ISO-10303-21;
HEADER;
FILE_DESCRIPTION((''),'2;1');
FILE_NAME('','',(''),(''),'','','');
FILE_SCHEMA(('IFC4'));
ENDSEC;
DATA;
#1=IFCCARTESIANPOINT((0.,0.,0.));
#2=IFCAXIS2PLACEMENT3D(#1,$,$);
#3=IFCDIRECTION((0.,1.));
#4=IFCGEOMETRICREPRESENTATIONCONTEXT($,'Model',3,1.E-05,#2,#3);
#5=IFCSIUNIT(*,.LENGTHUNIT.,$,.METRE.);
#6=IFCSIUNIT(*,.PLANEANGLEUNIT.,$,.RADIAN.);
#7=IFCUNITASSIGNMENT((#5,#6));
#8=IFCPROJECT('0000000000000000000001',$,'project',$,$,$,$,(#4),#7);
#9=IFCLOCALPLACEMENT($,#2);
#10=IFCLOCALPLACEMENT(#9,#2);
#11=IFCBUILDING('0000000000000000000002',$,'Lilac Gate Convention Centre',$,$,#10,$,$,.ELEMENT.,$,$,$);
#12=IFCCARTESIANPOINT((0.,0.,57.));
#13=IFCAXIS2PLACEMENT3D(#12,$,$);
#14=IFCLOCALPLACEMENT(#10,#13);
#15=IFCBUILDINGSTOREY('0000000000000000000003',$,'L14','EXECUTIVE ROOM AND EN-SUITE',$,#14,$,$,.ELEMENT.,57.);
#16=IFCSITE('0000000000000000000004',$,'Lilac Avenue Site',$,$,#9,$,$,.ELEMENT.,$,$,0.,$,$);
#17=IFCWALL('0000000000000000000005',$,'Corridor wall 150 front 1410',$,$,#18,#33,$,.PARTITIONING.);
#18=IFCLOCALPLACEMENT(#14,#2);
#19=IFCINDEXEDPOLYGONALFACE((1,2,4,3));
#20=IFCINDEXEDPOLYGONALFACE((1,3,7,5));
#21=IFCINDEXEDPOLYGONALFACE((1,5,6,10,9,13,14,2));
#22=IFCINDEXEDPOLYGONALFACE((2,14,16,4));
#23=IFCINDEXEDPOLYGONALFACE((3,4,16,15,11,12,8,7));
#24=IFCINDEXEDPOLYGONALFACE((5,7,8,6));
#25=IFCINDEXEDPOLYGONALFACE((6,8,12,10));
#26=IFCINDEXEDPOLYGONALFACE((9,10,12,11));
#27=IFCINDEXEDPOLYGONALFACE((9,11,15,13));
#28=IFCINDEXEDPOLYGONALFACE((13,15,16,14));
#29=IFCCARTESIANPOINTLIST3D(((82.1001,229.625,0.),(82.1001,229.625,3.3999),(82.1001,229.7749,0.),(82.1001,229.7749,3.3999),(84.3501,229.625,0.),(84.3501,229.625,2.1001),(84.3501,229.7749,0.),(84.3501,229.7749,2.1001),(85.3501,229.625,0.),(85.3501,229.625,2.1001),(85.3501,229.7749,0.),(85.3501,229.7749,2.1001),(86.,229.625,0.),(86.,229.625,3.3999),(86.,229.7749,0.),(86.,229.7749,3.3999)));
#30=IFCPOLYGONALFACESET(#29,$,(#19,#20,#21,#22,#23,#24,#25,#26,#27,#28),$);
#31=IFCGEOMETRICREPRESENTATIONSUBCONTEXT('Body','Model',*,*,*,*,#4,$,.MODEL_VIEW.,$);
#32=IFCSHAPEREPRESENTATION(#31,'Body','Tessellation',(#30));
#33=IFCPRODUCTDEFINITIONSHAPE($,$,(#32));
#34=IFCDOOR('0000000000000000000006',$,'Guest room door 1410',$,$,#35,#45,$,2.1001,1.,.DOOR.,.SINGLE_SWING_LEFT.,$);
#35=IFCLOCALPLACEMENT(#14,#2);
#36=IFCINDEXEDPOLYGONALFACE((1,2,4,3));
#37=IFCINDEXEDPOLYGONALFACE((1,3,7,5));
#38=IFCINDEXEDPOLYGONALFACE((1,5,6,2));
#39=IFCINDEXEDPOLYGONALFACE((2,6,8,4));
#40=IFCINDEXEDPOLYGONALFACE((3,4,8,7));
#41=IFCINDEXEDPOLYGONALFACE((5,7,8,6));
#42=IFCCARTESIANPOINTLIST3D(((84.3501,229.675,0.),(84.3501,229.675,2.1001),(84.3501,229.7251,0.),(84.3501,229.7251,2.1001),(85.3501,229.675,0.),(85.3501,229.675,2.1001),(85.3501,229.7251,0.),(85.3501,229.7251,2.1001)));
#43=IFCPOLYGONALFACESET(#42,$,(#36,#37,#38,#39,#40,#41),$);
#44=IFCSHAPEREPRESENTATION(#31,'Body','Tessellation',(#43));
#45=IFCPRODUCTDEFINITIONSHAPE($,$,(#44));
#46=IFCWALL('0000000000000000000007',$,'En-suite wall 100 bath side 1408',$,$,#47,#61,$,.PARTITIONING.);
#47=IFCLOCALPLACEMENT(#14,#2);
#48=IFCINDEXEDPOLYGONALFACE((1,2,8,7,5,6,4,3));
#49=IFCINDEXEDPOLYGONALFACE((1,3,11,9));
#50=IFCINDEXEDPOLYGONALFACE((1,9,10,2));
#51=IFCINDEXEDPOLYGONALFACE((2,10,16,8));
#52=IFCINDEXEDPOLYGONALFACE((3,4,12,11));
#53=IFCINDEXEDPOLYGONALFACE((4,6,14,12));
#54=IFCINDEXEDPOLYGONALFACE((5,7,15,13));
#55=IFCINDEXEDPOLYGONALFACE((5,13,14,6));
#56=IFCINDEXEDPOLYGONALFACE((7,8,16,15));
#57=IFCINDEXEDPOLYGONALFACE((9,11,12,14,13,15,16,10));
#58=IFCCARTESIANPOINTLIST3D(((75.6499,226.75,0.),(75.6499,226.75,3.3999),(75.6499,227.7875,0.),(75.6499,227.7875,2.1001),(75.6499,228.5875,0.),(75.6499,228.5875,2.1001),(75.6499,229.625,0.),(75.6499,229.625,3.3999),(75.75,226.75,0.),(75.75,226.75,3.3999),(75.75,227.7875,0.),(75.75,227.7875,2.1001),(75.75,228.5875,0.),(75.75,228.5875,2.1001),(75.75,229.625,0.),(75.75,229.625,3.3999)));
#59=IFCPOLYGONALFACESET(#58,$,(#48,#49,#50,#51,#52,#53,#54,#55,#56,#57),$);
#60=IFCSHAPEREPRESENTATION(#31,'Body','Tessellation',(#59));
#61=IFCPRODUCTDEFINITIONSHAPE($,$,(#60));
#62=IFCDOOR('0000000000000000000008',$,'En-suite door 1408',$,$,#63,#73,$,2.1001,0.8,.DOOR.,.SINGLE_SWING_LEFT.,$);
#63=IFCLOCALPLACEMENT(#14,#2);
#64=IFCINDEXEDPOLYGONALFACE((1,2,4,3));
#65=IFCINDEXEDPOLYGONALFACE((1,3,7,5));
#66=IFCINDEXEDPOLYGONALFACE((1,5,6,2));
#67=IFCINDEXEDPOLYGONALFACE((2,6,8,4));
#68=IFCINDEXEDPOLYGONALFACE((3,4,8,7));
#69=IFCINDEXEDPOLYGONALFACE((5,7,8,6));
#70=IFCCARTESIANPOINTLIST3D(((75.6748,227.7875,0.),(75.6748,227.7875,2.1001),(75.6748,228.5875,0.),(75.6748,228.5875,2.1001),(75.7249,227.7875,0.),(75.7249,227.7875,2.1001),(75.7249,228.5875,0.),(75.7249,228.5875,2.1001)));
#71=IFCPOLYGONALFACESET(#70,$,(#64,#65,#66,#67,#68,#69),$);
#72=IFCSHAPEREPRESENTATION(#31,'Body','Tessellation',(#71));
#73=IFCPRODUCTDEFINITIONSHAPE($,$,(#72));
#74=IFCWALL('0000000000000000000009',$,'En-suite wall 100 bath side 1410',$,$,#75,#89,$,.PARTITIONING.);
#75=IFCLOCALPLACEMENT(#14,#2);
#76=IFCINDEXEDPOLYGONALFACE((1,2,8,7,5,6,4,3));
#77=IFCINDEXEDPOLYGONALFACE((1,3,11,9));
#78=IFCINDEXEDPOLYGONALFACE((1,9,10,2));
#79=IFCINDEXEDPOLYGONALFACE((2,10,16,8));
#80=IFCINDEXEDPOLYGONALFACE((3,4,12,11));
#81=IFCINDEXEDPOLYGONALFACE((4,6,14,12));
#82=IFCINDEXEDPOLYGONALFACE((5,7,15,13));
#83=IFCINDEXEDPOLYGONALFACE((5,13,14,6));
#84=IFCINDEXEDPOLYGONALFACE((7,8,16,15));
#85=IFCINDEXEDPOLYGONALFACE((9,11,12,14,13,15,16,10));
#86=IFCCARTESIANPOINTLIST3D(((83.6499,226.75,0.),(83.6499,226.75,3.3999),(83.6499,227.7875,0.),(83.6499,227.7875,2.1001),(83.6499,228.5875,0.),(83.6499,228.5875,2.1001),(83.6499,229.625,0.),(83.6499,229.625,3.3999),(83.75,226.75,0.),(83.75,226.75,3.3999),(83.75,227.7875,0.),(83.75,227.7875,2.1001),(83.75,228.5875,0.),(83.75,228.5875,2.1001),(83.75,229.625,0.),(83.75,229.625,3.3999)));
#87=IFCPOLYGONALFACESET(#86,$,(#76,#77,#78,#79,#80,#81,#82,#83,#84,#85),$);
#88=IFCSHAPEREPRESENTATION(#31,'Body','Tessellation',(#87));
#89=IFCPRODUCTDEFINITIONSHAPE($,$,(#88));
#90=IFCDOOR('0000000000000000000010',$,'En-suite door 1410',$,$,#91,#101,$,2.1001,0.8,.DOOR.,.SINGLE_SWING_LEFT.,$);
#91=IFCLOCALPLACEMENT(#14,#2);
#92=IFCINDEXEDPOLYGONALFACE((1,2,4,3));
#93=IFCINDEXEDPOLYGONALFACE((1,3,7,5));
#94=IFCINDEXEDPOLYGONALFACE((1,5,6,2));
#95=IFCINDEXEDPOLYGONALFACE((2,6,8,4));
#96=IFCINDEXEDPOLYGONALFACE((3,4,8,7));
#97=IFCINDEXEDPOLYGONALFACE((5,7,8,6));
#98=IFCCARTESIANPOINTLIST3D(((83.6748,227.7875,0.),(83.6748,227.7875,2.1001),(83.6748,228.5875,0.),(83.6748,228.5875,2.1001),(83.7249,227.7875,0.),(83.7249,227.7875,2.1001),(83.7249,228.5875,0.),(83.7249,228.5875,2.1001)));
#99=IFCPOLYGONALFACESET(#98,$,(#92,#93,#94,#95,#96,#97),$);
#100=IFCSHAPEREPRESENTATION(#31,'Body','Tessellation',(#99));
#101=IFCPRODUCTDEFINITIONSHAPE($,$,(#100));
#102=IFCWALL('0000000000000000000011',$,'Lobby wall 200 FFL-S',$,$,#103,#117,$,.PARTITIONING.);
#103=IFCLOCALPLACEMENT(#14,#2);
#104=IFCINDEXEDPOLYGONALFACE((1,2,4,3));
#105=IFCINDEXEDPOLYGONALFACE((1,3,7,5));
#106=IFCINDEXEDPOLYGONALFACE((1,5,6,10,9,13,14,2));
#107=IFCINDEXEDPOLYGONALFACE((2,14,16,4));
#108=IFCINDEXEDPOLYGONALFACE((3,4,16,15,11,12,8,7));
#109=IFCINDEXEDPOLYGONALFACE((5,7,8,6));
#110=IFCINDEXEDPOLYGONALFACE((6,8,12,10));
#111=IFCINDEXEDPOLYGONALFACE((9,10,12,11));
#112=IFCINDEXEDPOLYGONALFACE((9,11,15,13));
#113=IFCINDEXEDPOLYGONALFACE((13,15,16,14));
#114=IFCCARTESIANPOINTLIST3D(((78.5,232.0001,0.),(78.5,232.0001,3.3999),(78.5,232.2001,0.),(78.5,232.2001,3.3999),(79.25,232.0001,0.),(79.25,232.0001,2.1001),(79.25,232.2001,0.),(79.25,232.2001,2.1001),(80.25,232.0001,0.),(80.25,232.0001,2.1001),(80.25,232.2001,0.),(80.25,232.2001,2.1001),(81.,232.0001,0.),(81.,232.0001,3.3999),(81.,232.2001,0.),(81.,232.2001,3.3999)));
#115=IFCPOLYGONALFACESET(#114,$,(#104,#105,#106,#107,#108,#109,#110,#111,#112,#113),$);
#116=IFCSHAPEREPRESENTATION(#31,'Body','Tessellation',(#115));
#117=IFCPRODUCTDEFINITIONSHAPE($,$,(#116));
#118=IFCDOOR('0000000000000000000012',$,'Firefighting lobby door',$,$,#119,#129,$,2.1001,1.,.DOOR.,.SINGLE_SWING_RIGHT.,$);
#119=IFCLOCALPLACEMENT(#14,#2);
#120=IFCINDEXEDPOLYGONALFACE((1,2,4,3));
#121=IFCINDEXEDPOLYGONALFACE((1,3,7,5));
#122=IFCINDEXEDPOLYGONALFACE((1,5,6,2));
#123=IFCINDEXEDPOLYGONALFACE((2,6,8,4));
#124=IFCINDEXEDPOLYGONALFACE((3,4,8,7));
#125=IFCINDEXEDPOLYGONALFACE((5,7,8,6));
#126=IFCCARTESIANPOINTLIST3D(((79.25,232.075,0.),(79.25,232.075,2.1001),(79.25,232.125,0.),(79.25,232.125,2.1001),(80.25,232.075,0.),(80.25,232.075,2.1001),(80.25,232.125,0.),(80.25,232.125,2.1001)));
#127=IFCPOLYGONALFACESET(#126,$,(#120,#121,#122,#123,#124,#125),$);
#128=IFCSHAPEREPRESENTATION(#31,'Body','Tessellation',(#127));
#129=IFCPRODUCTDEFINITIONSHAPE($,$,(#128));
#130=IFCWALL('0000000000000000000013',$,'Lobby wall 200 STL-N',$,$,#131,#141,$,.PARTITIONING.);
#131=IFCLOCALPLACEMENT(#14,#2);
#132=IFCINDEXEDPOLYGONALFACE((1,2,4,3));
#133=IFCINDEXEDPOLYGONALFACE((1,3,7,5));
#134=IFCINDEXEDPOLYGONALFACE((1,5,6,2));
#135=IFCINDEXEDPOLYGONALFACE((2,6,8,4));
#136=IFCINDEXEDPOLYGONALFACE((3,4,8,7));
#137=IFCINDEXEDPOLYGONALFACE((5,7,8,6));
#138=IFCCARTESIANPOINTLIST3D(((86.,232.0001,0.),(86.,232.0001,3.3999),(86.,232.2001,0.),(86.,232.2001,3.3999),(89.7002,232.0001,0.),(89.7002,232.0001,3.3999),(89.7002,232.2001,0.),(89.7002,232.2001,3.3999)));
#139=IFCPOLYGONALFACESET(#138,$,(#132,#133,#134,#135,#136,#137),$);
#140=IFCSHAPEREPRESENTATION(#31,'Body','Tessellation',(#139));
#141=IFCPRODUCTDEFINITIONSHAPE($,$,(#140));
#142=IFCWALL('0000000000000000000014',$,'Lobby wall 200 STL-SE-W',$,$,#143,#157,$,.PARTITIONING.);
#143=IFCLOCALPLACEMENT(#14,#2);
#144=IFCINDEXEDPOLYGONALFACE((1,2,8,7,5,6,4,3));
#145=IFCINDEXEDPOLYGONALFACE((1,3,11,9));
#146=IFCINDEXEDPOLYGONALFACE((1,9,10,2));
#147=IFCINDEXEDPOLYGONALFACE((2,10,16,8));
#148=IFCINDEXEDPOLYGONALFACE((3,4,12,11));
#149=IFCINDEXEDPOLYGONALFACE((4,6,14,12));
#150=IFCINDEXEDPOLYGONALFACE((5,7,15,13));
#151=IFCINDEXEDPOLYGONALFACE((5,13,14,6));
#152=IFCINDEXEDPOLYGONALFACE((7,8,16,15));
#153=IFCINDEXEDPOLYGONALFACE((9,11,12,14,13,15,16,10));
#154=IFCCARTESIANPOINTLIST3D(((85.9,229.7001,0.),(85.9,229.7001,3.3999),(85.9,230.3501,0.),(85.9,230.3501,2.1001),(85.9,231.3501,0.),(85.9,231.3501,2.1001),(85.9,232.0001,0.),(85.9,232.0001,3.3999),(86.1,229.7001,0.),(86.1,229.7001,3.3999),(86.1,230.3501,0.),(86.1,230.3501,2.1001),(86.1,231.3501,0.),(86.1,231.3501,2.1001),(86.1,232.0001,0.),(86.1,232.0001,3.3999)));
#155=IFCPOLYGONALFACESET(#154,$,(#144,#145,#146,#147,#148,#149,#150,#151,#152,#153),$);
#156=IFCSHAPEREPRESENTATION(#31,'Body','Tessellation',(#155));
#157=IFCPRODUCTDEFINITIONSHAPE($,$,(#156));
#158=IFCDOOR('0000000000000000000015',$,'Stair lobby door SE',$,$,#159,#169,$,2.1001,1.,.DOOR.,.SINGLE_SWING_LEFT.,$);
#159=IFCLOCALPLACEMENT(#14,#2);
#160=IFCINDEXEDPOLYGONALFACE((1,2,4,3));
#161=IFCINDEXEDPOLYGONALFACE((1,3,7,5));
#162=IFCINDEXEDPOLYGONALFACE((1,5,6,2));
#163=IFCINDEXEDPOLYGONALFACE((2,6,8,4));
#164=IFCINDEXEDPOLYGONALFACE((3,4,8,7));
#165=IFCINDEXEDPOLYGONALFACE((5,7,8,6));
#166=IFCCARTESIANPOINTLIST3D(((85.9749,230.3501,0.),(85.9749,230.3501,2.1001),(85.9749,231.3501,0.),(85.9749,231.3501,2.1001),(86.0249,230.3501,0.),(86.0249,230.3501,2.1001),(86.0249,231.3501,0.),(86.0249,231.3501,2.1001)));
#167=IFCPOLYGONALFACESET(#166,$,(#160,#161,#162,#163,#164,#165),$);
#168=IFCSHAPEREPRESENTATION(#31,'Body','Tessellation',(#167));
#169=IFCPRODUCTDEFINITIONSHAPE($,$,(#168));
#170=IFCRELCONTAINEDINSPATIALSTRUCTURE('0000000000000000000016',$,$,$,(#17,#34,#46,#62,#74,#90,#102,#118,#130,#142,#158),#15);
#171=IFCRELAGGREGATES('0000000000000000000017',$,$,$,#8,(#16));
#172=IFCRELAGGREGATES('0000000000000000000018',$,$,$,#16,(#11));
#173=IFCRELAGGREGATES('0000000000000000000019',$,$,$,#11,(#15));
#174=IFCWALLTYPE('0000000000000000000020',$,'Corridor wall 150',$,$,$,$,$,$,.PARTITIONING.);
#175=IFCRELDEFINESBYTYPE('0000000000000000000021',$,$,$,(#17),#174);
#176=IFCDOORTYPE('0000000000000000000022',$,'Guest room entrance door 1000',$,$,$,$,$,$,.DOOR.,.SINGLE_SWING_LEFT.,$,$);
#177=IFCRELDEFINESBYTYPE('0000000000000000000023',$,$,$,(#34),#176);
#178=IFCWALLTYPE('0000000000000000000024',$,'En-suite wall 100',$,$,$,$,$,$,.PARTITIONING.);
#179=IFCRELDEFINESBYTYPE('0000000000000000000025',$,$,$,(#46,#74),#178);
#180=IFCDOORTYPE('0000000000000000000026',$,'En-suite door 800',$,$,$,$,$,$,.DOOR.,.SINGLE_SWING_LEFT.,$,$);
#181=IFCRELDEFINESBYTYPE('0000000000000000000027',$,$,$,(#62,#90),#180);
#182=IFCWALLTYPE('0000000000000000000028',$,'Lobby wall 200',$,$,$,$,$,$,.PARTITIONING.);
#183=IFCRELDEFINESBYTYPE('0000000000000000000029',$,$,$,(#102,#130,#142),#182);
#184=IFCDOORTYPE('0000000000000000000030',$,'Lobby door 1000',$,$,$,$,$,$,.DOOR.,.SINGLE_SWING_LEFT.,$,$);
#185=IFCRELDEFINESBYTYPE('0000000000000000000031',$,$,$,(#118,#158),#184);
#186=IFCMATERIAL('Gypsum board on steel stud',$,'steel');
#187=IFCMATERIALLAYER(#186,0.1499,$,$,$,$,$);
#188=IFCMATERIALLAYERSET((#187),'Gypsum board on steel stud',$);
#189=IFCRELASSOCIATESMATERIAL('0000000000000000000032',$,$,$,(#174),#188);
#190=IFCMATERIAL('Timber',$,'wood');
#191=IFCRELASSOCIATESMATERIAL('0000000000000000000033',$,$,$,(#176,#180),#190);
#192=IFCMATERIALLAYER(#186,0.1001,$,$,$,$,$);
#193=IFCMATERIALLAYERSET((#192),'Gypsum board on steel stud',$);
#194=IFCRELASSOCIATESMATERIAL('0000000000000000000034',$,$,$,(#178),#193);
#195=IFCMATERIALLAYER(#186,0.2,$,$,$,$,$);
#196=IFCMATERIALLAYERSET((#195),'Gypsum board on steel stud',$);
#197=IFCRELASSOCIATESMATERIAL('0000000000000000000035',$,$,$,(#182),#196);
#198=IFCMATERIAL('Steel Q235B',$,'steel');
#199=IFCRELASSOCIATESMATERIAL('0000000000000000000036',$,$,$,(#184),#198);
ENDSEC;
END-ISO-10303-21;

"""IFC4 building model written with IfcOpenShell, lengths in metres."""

from ifc_helpers import new_model, si_unit, direction, frame, frame_2d, origin, place, context, subcontext, project, spatial, rectangle, extrude, material, layer, layer_set, type_object, element, fill, save


model = new_model("IFC4")

# Units and contexts
model_context = context("Model", 3, precision=1e-05, world=origin(), true_north=direction((0.0, 1.0)))
body_context = subcontext(model_context, "Body", "Model", "MODEL_VIEW")
ifc_project = project(units=[si_unit("LENGTHUNIT", "METRE"), si_unit("PLANEANGLEUNIT", "RADIAN")], contexts=[model_context])

# Site, building, storey
site_placement = place(None, origin())
site = spatial("IfcSite", under=ifc_project, at=site_placement, Name="Lilac Avenue Site", CompositionType="ELEMENT", RefElevation=0.0)
building_placement = place(site_placement, origin())
building = spatial("IfcBuilding", under=site, at=building_placement, Name="Lilac Gate Convention Centre", CompositionType="ELEMENT")
storey_placement = place(building_placement, frame((0.0, 0.0, 57.0)))
storey = spatial("IfcBuildingStorey", under=building, at=storey_placement, Name="L14", Description="EXECUTIVE ROOM AND EN-SUITE", CompositionType="ELEMENT", Elevation=57.0)

# Shared definitions
ifc_material_1 = material(Name="Steel Q235B", Category="steel")

# Walls, openings, doors
ifc_material_2 = material(Name="Gypsum board on steel stud", Category="steel")
ifc_layer_1 = layer(ifc_material_2, 0.1499)
ifc_layer_set_1 = layer_set([ifc_layer_1], Name="Gypsum board on steel stud")
wall_type_1 = type_object("IfcWallType", Name="Corridor wall 150", PredefinedType="PARTITIONING", material=ifc_layer_set_1)
ifc_material_3 = material(Name="Timber", Category="wood")
door_type_1 = type_object("IfcDoorType", Name="Guest room entrance door 1000", OperationType="SINGLE_SWING_LEFT", PredefinedType="DOOR", material=ifc_material_3)
wall_1_placement = place(storey_placement, frame((86.0, 229.7, 0.0), z_axis=(0.0, 0.0, 1.0), x_axis=(-1.0, 0.0, 0.0)))
wall_1 = element("IfcWall", 1, at=wall_1_placement, inside=storey, type_object=wall_type_1, Name="Corridor wall 150 front 1410", PredefinedType="PARTITIONING", context=body_context, shape_type="SweptSolid", body=[
    extrude(rectangle(XDim=3.8999, YDim=0.1499, at=frame_2d((1.95, 0.0))), origin(), (0.0, 0.0, 1.0), 3.3999),
])
opening_1_placement = place(wall_1_placement, frame((0.6499, 0.0, 0.0)))
opening_1 = element("IfcOpeningElement", 2, at=opening_1_placement, cuts=wall_1, PredefinedType="OPENING", context=body_context, shape_type="SweptSolid", body=[
    extrude(rectangle(XDim=1.0, YDim=2.1001, at=frame_2d((0.5, 1.05))), frame((0.0, 0.085, 0.0), z_axis=(0.0, -1.0, 0.0), x_axis=(1.0, 0.0, 0.0)), (0.0, 0.0, 1.0), 0.1699),
])
door_1_placement = place(opening_1_placement, origin())
door_1 = element("IfcDoor", 3, at=door_1_placement, inside=storey, type_object=door_type_1, Name="Guest room door 1410", OperationType="SINGLE_SWING_LEFT", OverallHeight=2.1001, OverallWidth=1.0, PredefinedType="DOOR", context=body_context, shape_type="SweptSolid", body=[
    extrude(rectangle(XDim=1.0, YDim=2.1001, at=frame_2d((0.5, 1.05))), frame((0.0, 0.0249, 0.0), z_axis=(0.0, -1.0, 0.0), x_axis=(1.0, 0.0, 0.0)), (0.0, 0.0, 1.0), 0.05),
])
fill(opening_1, door_1)
ifc_layer_2 = layer(ifc_material_2, 0.1001)
ifc_layer_set_2 = layer_set([ifc_layer_2], Name="Gypsum board on steel stud")
wall_type_2 = type_object("IfcWallType", Name="En-suite wall 100", PredefinedType="PARTITIONING", material=ifc_layer_set_2)
wall_2_placement = place(storey_placement, frame((75.7, 229.625, 0.0), z_axis=(0.0, 0.0, 1.0), x_axis=(0.0, -1.0, 0.0)))
wall_2 = element("IfcWall", 4, at=wall_2_placement, inside=storey, type_object=wall_type_2, Name="En-suite wall 100 bath side 1408", PredefinedType="PARTITIONING", context=body_context, shape_type="SweptSolid", body=[
    extrude(rectangle(XDim=2.875, YDim=0.1001, at=frame_2d((1.4375, 0.0))), origin(), (0.0, 0.0, 1.0), 3.3999),
])
opening_2_placement = place(wall_2_placement, frame((1.0376, 0.0, 0.0)))
opening_2 = element("IfcOpeningElement", 5, at=opening_2_placement, cuts=wall_2, PredefinedType="OPENING", context=body_context, shape_type="SweptSolid", body=[
    extrude(rectangle(XDim=0.8, YDim=2.1001, at=frame_2d((0.3999, 1.05))), frame((0.0, 0.0601, 0.0), z_axis=(0.0, -1.0, 0.0), x_axis=(1.0, 0.0, 0.0)), (0.0, 0.0, 1.0), 0.1201),
])
door_type_2 = type_object("IfcDoorType", Name="En-suite door 800", OperationType="SINGLE_SWING_LEFT", PredefinedType="DOOR", material=ifc_material_3)
door_2_placement = place(opening_2_placement, origin())
door_2 = element("IfcDoor", 6, at=door_2_placement, inside=storey, type_object=door_type_2, Name="En-suite door 1408", OperationType="SINGLE_SWING_LEFT", OverallHeight=2.1001, OverallWidth=0.8, PredefinedType="DOOR", context=body_context, shape_type="SweptSolid", body=[
    extrude(rectangle(XDim=0.8, YDim=2.1001, at=frame_2d((0.3999, 1.05))), frame((0.0, 0.0249, 0.0), z_axis=(0.0, -1.0, 0.0), x_axis=(1.0, 0.0, 0.0)), (0.0, 0.0, 1.0), 0.05),
])
fill(opening_2, door_2)
wall_3_placement = place(storey_placement, frame((83.7, 229.625, 0.0), z_axis=(0.0, 0.0, 1.0), x_axis=(0.0, -1.0, 0.0)))
wall_3 = element("IfcWall", 7, at=wall_3_placement, inside=storey, type_object=wall_type_2, Name="En-suite wall 100 bath side 1410", PredefinedType="PARTITIONING", context=body_context, shape_type="SweptSolid", body=[
    extrude(rectangle(XDim=2.875, YDim=0.1001, at=frame_2d((1.4375, 0.0))), origin(), (0.0, 0.0, 1.0), 3.3999),
])
opening_3_placement = place(wall_3_placement, frame((1.0376, 0.0, 0.0)))
opening_3 = element("IfcOpeningElement", 8, at=opening_3_placement, cuts=wall_3, PredefinedType="OPENING", context=body_context, shape_type="SweptSolid", body=[
    extrude(rectangle(XDim=0.8, YDim=2.1001, at=frame_2d((0.3999, 1.05))), frame((0.0, 0.0601, 0.0), z_axis=(0.0, -1.0, 0.0), x_axis=(1.0, 0.0, 0.0)), (0.0, 0.0, 1.0), 0.1201),
])
door_3_placement = place(opening_3_placement, origin())
door_3 = element("IfcDoor", 9, at=door_3_placement, inside=storey, type_object=door_type_2, Name="En-suite door 1410", OperationType="SINGLE_SWING_LEFT", OverallHeight=2.1001, OverallWidth=0.8, PredefinedType="DOOR", context=body_context, shape_type="SweptSolid", body=[
    extrude(rectangle(XDim=0.8, YDim=2.1001, at=frame_2d((0.3999, 1.05))), frame((0.0, 0.0249, 0.0), z_axis=(0.0, -1.0, 0.0), x_axis=(1.0, 0.0, 0.0)), (0.0, 0.0, 1.0), 0.05),
])
fill(opening_3, door_3)
ifc_layer_3 = layer(ifc_material_2, 0.2)
ifc_layer_set_3 = layer_set([ifc_layer_3], Name="Gypsum board on steel stud")
wall_type_3 = type_object("IfcWallType", Name="Lobby wall 200", PredefinedType="PARTITIONING", material=ifc_layer_set_3)
wall_4_placement = place(storey_placement, frame((78.5, 232.1001, 0.0), z_axis=(0.0, 0.0, 1.0), x_axis=(1.0, 0.0, 0.0)))
wall_4 = element("IfcWall", 10, at=wall_4_placement, inside=storey, type_object=wall_type_3, Name="Lobby wall 200 FFL-S", PredefinedType="PARTITIONING", context=body_context, shape_type="SweptSolid", body=[
    extrude(rectangle(XDim=2.5, YDim=0.2, at=frame_2d((1.25, 0.0))), origin(), (0.0, 0.0, 1.0), 3.3999),
])
opening_4_placement = place(wall_4_placement, frame((0.75, 0.0, 0.0)))
opening_4 = element("IfcOpeningElement", 11, at=opening_4_placement, cuts=wall_4, PredefinedType="OPENING", context=body_context, shape_type="SweptSolid", body=[
    extrude(rectangle(XDim=1.0, YDim=2.1001, at=frame_2d((0.5, 1.05))), frame((0.0, 0.1099, 0.0), z_axis=(0.0, -1.0, 0.0), x_axis=(1.0, 0.0, 0.0)), (0.0, 0.0, 1.0), 0.22),
])
door_type_3 = type_object("IfcDoorType", Name="Lobby door 1000", OperationType="SINGLE_SWING_LEFT", PredefinedType="DOOR", material=ifc_material_1)
door_4_placement = place(opening_4_placement, origin())
door_4 = element("IfcDoor", 12, at=door_4_placement, inside=storey, type_object=door_type_3, Name="Firefighting lobby door", OperationType="SINGLE_SWING_RIGHT", OverallHeight=2.1001, OverallWidth=1.0, PredefinedType="DOOR", context=body_context, shape_type="SweptSolid", body=[
    extrude(rectangle(XDim=1.0, YDim=2.1001, at=frame_2d((0.5, 1.05))), frame((0.0, 0.0249, 0.0), z_axis=(0.0, -1.0, 0.0), x_axis=(1.0, 0.0, 0.0)), (0.0, 0.0, 1.0), 0.05),
])
fill(opening_4, door_4)

# Wall
wall_5_placement = place(storey_placement, frame((86.0, 232.1001, 0.0), z_axis=(0.0, 0.0, 1.0), x_axis=(1.0, 0.0, 0.0)))
element("IfcWall", 13, at=wall_5_placement, inside=storey, type_object=wall_type_3, Name="Lobby wall 200 STL-N", PredefinedType="PARTITIONING", context=body_context, shape_type="SweptSolid", body=[
    extrude(rectangle(XDim=3.7002, YDim=0.2, at=frame_2d((1.8501, 0.0))), origin(), (0.0, 0.0, 1.0), 3.3999),
])

# Wall, opening, door
wall_6_placement = place(storey_placement, frame((86.0, 232.0, 0.0), z_axis=(0.0, 0.0, 1.0), x_axis=(0.0, -1.0, 0.0)))
wall_6 = element("IfcWall", 14, at=wall_6_placement, inside=storey, type_object=wall_type_3, Name="Lobby wall 200 STL-SE-W", PredefinedType="PARTITIONING", context=body_context, shape_type="SweptSolid", body=[
    extrude(rectangle(XDim=2.3, YDim=0.2, at=frame_2d((1.1499, 0.0))), origin(), (0.0, 0.0, 1.0), 3.3999),
])
opening_5_placement = place(wall_6_placement, frame((0.6499, 0.0, 0.0)))
opening_5 = element("IfcOpeningElement", 15, at=opening_5_placement, cuts=wall_6, PredefinedType="OPENING", context=body_context, shape_type="SweptSolid", body=[
    extrude(rectangle(XDim=1.0, YDim=2.1001, at=frame_2d((0.5, 1.05))), frame((0.0, 0.1099, 0.0), z_axis=(0.0, -1.0, 0.0), x_axis=(1.0, 0.0, 0.0)), (0.0, 0.0, 1.0), 0.22),
])
door_5_placement = place(opening_5_placement, origin())
door_5 = element("IfcDoor", 16, at=door_5_placement, inside=storey, type_object=door_type_3, Name="Stair lobby door SE", OperationType="SINGLE_SWING_LEFT", OverallHeight=2.1001, OverallWidth=1.0, PredefinedType="DOOR", context=body_context, shape_type="SweptSolid", body=[
    extrude(rectangle(XDim=1.0, YDim=2.1001, at=frame_2d((0.5, 1.05))), frame((0.0, 0.0249, 0.0), z_axis=(0.0, -1.0, 0.0), x_axis=(1.0, 0.0, 0.0)), (0.0, 0.0, 1.0), 0.05),
])
fill(opening_5, door_5)

save(model, "model.ifc")
